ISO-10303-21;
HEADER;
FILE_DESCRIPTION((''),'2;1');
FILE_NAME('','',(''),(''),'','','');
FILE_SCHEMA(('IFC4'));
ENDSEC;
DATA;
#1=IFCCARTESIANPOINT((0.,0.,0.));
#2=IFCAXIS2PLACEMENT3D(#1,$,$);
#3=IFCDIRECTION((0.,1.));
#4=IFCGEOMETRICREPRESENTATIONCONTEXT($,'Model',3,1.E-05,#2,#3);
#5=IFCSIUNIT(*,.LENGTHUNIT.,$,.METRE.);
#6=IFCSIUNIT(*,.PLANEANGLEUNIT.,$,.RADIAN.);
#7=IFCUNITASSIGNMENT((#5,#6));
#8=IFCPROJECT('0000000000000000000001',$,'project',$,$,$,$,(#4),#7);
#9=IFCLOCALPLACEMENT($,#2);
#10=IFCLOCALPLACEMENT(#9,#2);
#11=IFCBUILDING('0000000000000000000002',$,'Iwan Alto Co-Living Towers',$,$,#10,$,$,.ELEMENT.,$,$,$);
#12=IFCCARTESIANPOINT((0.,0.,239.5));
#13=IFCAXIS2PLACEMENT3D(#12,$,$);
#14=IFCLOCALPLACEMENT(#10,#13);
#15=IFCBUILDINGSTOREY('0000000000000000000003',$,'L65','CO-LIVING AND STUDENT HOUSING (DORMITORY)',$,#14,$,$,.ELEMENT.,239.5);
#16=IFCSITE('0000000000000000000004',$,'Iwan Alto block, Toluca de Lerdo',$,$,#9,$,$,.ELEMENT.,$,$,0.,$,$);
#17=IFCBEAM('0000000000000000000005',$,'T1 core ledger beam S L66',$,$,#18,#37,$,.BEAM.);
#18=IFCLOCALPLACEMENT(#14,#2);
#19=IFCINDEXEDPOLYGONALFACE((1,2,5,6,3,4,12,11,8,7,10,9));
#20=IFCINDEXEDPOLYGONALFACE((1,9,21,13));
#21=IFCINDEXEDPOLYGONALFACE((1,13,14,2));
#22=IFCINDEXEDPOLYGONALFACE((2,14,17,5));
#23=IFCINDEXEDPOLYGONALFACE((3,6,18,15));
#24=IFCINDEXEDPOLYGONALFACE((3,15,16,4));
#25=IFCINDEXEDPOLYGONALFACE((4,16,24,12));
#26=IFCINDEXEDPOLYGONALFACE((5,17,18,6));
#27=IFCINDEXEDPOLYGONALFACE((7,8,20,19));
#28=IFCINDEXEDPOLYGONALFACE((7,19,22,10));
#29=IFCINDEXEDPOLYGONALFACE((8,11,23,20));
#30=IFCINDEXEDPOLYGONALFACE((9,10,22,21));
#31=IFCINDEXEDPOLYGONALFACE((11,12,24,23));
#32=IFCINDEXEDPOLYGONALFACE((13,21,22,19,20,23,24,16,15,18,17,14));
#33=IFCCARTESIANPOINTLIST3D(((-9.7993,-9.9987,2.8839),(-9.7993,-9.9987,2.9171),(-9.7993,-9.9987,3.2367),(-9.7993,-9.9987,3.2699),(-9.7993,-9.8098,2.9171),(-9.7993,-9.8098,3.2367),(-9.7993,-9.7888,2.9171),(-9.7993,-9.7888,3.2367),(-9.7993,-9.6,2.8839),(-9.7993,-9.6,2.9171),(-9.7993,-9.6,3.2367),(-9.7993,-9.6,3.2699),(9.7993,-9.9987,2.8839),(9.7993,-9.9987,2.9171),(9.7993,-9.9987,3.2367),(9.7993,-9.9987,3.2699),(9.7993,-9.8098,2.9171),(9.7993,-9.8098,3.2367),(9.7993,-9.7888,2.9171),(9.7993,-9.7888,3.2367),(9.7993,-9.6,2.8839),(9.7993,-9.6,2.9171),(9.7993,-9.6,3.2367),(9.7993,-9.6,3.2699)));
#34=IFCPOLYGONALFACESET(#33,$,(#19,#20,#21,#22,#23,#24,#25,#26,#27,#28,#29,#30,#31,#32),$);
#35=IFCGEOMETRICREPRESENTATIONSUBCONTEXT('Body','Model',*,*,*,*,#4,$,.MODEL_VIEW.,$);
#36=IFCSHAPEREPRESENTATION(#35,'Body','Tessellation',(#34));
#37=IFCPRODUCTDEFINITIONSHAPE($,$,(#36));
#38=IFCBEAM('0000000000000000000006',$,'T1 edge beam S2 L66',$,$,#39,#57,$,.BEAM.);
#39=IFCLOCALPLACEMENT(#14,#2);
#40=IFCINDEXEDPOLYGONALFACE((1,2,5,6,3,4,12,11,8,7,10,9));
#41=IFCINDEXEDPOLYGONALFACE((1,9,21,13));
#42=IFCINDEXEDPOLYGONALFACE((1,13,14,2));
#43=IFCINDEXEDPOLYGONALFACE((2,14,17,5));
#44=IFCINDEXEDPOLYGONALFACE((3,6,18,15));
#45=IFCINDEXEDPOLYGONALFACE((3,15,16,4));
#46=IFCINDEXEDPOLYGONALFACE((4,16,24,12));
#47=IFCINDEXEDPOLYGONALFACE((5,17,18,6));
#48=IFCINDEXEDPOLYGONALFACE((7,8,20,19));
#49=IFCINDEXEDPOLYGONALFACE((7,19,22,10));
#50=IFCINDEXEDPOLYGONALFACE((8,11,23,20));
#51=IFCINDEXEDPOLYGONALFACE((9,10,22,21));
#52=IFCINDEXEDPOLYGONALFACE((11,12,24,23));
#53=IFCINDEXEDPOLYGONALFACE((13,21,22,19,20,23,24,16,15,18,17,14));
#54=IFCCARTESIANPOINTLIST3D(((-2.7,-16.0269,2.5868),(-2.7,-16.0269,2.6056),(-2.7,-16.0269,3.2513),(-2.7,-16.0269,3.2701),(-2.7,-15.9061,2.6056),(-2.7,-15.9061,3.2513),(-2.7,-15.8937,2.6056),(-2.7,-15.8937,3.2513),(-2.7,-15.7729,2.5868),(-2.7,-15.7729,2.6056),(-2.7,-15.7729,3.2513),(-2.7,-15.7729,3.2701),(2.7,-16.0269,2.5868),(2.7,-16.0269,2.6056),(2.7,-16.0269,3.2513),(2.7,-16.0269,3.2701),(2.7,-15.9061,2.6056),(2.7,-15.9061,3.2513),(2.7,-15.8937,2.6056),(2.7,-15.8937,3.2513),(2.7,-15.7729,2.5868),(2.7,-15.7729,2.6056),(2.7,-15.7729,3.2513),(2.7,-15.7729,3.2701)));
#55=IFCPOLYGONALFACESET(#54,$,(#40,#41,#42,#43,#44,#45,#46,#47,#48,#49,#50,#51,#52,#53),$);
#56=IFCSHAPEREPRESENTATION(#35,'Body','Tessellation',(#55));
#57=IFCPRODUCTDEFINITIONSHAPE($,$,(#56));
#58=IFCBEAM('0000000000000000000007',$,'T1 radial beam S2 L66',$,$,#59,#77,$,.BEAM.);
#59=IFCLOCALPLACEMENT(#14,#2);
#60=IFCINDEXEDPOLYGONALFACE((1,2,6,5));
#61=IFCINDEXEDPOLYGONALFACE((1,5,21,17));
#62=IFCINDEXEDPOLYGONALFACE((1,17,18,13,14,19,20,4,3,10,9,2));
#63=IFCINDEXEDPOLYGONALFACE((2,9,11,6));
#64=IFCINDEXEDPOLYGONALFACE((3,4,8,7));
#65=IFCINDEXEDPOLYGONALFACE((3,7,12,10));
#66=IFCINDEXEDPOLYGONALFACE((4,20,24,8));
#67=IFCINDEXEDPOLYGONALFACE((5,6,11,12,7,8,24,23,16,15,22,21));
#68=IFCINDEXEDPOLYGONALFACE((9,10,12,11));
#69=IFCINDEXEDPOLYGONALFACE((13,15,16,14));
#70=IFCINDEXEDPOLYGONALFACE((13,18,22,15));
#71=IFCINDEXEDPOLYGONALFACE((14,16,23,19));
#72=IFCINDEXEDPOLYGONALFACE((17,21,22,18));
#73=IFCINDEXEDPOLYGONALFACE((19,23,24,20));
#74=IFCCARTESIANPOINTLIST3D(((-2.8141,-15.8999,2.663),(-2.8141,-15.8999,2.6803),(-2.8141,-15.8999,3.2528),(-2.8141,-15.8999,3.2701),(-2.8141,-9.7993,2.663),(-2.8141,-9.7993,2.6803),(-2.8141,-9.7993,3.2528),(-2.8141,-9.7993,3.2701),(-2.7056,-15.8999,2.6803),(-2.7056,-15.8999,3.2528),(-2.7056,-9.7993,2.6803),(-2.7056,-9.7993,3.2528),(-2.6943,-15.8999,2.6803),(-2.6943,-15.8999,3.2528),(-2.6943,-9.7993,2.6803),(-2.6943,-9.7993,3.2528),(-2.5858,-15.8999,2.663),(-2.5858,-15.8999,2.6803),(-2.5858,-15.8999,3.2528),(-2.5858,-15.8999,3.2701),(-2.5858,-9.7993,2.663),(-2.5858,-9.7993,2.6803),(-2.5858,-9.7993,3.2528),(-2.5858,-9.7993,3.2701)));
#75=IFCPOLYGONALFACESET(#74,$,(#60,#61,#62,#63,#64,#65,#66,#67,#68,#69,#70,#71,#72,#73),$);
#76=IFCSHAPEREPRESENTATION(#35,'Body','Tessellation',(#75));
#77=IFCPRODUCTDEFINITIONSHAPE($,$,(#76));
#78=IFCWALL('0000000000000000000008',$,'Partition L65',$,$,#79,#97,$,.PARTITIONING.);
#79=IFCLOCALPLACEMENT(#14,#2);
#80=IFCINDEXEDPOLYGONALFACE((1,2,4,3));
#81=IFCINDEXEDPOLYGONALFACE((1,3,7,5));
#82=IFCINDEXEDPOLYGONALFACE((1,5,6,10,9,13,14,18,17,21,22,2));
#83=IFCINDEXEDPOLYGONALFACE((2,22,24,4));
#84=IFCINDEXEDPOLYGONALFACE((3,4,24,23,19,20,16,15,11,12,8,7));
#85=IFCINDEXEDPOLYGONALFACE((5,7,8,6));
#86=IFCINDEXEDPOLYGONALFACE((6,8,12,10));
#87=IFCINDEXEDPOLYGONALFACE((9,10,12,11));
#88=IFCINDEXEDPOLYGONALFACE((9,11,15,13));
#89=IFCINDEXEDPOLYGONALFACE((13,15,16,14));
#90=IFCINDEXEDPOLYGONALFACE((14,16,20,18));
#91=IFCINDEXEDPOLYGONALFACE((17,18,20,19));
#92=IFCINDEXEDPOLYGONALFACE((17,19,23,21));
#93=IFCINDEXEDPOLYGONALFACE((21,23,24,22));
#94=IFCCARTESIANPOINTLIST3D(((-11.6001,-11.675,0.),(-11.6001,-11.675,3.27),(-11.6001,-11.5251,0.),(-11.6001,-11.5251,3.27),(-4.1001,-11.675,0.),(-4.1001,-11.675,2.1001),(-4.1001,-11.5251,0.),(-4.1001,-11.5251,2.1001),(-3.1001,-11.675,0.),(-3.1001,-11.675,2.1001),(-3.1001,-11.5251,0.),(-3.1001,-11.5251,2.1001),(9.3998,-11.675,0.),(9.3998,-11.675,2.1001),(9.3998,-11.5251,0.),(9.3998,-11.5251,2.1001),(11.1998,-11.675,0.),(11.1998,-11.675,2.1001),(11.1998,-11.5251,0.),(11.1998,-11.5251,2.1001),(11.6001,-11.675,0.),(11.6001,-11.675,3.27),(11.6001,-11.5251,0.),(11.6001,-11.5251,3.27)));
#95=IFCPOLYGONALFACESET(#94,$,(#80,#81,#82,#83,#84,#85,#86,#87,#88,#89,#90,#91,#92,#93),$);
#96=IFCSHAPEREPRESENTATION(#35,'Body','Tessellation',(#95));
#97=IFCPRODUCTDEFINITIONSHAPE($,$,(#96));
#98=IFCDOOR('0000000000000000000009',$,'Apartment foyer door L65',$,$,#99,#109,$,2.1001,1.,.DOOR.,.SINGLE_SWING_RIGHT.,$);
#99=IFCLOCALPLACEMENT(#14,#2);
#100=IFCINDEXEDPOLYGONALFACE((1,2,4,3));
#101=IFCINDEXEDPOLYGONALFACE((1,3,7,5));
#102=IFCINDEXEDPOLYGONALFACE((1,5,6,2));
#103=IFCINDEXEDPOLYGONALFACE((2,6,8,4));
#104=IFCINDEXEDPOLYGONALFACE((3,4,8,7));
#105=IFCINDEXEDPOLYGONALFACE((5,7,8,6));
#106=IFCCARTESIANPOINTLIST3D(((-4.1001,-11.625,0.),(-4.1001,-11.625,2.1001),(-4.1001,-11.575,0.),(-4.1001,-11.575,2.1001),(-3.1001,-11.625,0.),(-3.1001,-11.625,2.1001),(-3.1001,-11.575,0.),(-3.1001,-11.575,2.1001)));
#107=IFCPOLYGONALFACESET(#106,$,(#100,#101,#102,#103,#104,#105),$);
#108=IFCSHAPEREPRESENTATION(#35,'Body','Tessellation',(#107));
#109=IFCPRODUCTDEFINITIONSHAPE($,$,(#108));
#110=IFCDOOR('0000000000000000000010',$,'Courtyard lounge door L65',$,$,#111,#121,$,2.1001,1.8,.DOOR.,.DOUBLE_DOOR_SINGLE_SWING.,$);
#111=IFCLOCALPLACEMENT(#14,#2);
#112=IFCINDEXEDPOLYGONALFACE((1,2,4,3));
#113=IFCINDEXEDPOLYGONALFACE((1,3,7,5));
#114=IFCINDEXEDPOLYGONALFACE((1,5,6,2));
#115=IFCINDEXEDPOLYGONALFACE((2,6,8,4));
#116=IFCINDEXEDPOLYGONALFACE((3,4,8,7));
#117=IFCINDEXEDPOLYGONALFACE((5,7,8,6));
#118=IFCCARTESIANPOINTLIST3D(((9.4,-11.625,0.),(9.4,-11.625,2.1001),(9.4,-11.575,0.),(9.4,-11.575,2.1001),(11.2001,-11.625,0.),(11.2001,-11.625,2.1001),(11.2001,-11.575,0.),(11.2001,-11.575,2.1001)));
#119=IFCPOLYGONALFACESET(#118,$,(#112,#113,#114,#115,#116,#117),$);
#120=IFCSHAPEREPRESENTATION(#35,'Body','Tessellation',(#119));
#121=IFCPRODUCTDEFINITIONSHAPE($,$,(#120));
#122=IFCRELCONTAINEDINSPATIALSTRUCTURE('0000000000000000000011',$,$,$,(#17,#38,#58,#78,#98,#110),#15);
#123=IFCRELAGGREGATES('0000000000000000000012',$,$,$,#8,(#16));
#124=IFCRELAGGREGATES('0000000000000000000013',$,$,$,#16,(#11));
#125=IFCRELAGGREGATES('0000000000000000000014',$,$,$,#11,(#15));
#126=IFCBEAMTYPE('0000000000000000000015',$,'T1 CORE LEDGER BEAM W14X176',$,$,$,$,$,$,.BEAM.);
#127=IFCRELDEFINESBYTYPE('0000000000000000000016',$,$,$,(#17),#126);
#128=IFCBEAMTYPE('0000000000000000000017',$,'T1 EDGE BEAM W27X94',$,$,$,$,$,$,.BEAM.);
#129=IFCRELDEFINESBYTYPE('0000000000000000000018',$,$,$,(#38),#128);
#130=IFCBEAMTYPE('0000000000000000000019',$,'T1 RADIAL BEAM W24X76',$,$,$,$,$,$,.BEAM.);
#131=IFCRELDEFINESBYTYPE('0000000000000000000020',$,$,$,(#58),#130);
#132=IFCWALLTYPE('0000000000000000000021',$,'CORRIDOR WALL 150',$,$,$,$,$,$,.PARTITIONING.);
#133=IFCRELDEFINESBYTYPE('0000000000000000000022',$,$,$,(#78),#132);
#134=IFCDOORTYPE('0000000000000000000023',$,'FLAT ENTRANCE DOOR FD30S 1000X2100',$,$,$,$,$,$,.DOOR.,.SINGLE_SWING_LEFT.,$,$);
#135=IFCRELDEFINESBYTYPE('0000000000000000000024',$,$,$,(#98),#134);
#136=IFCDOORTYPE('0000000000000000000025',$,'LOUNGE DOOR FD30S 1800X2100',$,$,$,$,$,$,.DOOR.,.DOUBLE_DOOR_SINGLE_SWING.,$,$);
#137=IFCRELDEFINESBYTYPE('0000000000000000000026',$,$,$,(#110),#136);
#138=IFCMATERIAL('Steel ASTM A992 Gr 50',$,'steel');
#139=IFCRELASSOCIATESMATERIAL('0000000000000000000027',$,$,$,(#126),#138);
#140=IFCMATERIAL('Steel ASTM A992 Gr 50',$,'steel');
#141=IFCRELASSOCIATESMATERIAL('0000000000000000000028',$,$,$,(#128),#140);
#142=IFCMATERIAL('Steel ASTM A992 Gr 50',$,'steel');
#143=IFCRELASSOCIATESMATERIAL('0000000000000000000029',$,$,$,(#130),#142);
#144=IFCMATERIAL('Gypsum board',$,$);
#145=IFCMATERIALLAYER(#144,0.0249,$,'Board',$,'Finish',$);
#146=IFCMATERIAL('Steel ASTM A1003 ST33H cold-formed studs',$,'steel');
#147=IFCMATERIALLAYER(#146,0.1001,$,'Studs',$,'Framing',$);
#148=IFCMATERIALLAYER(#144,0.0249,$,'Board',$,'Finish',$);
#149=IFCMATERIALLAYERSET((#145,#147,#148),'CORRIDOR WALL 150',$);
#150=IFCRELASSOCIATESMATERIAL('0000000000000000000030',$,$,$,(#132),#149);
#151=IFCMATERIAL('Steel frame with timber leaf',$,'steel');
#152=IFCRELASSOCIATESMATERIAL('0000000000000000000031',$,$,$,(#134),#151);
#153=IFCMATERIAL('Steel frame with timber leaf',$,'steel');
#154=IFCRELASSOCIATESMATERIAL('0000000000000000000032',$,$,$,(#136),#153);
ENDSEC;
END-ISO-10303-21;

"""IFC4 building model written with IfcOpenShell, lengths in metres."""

from ifc_helpers import new_model, si_unit, direction, frame, frame_2d, origin, origin_2d, place, context, subcontext, project, spatial, rectangle, i_section, extrude, material, layer, layer_set, material_profile, profile_set, type_object, element, fill, save


model = new_model("IFC4")

# Units and contexts
model_context = context("Model", 3, precision=1e-05, world=origin(), true_north=direction((0.0, 1.0)))
body_context = subcontext(model_context, "Body", "Model", "MODEL_VIEW")
ifc_project = project(units=[si_unit("LENGTHUNIT", "METRE"), si_unit("PLANEANGLEUNIT", "RADIAN")], contexts=[model_context])

# Site, building, storey
site_placement = place(None, origin())
site = spatial("IfcSite", under=ifc_project, at=site_placement, Name="Iwan Alto block, Toluca de Lerdo", CompositionType="ELEMENT", RefElevation=0.0)
building_placement = place(site_placement, origin())
building = spatial("IfcBuilding", under=site, at=building_placement, Name="Iwan Alto Co-Living Towers", CompositionType="ELEMENT")
storey_placement = place(building_placement, frame((0.0, 0.0, 239.5)))
storey = spatial("IfcBuildingStorey", under=building, at=storey_placement, Name="L65", Description="CO-LIVING AND STUDENT HOUSING (DORMITORY)", CompositionType="ELEMENT", Elevation=239.5)

# Beams
ifc_material_1 = material(Name="Steel ASTM A992 Gr 50", Category="steel")
ifc_material_profile_1 = material_profile(ifc_material_1, i_section(OverallWidth=0.3987, OverallDepth=0.386, WebThickness=0.021, FlangeThickness=0.0332, at=origin_2d()), Name="W14X176")
ifc_profile_set_1 = profile_set([ifc_material_profile_1], Name="Steel ASTM A992 Gr 50")
beam_type_1 = type_object("IfcBeamType", Name="T1 CORE LEDGER BEAM W14X176", PredefinedType="BEAM", material=ifc_profile_set_1)
beam_1_placement = place(storey_placement, frame((-9.7993, -9.7993, 3.0769), z_axis=(1.0, 0.0, 0.0), x_axis=(0.0, 1.0, 0.0)))
element("IfcBeam", 1, at=beam_1_placement, inside=storey, type_object=beam_type_1, Name="T1 core ledger beam S L66", PredefinedType="BEAM", context=body_context, shape_type="SweptSolid", body=[
    extrude(i_section(OverallWidth=0.3987, OverallDepth=0.386, WebThickness=0.021, FlangeThickness=0.0332, at=origin_2d()), origin(), (0.0, 0.0, 1.0), 19.5986),
])
ifc_material_2 = material(Name="Steel ASTM A992 Gr 50", Category="steel")
ifc_material_profile_2 = material_profile(ifc_material_2, i_section(OverallWidth=0.2539, OverallDepth=0.6833, WebThickness=0.0125, FlangeThickness=0.0188, at=origin_2d()), Name="W27X94")
ifc_profile_set_2 = profile_set([ifc_material_profile_2], Name="Steel ASTM A992 Gr 50")
beam_type_2 = type_object("IfcBeamType", Name="T1 EDGE BEAM W27X94", PredefinedType="BEAM", material=ifc_profile_set_2)
beam_2_placement = place(storey_placement, frame((-2.7, -15.8999, 2.9285), z_axis=(1.0, 0.0, 0.0), x_axis=(0.0, 1.0, 0.0)))
element("IfcBeam", 2, at=beam_2_placement, inside=storey, type_object=beam_type_2, Name="T1 edge beam S2 L66", PredefinedType="BEAM", context=body_context, shape_type="SweptSolid", body=[
    extrude(i_section(OverallWidth=0.2539, OverallDepth=0.6833, WebThickness=0.0125, FlangeThickness=0.0188, at=origin_2d()), origin(), (0.0, 0.0, 1.0), 5.3999),
])
ifc_material_3 = material(Name="Steel ASTM A992 Gr 50", Category="steel")
ifc_material_profile_3 = material_profile(ifc_material_3, i_section(OverallWidth=0.2283, OverallDepth=0.6072, WebThickness=0.0112, FlangeThickness=0.0173, at=origin_2d()), Name="W24X76")
ifc_profile_set_3 = profile_set([ifc_material_profile_3], Name="Steel ASTM A992 Gr 50")
beam_type_3 = type_object("IfcBeamType", Name="T1 RADIAL BEAM W24X76", PredefinedType="BEAM", material=ifc_profile_set_3)
beam_3_placement = place(storey_placement, frame((-2.7, -15.8999, 2.9666), z_axis=(0.0, 1.0, 0.0), x_axis=(-1.0, 0.0, 0.0)))
element("IfcBeam", 3, at=beam_3_placement, inside=storey, type_object=beam_type_3, Name="T1 radial beam S2 L66", PredefinedType="BEAM", context=body_context, shape_type="SweptSolid", body=[
    extrude(i_section(OverallWidth=0.2283, OverallDepth=0.6072, WebThickness=0.0112, FlangeThickness=0.0173, at=origin_2d()), origin(), (0.0, 0.0, 1.0), 6.1006),
])

# Wall, openings, doors
ifc_material_4 = material(Name="Gypsum board")
ifc_layer_1 = layer(ifc_material_4, 0.0249, Name="Board", Category="Finish")
ifc_material_5 = material(Name="Steel ASTM A1003 ST33H cold-formed studs", Category="steel")
ifc_layer_2 = layer(ifc_material_5, 0.1001, Name="Studs", Category="Framing")
ifc_layer_3 = layer(ifc_material_4, 0.0249, Name="Board", Category="Finish")
ifc_layer_set_1 = layer_set([ifc_layer_1, ifc_layer_2, ifc_layer_3], Name="CORRIDOR WALL 150")
wall_type_1 = type_object("IfcWallType", Name="CORRIDOR WALL 150", PredefinedType="PARTITIONING", material=ifc_layer_set_1)
wall_1_placement = place(storey_placement, frame((-11.6001, -11.6001, 0.0), z_axis=(0.0, 0.0, 1.0), x_axis=(1.0, 0.0, 0.0)))
wall_1 = element("IfcWall", 4, at=wall_1_placement, inside=storey, type_object=wall_type_1, Name="Partition L65", PredefinedType="PARTITIONING", context=body_context, shape_type="SweptSolid", body=[
    extrude(rectangle(XDim=23.2002, YDim=0.1499, at=frame_2d((11.6001, 0.0))), origin(), (0.0, 0.0, 1.0), 3.27),
])
opening_1_placement = place(wall_1_placement, frame((7.5, 0.0, 0.0)))
opening_1 = element("IfcOpeningElement", 5, at=opening_1_placement, cuts=wall_1, PredefinedType="OPENING", context=body_context, shape_type="SweptSolid", body=[
    extrude(rectangle(XDim=1.0, YDim=2.1001, at=frame_2d((0.5, 1.05))), frame((0.0, 0.085, 0.0), z_axis=(0.0, -1.0, 0.0), x_axis=(1.0, 0.0, 0.0)), (0.0, 0.0, 1.0), 0.1699),
])
opening_2_placement = place(wall_1_placement, frame((21.0, 0.0, 0.0)))
opening_2 = element("IfcOpeningElement", 6, at=opening_2_placement, cuts=wall_1, PredefinedType="OPENING", context=body_context, shape_type="SweptSolid", body=[
    extrude(rectangle(XDim=1.8, YDim=2.1001, at=frame_2d((0.8999, 1.05))), frame((0.0, 0.085, 0.0), z_axis=(0.0, -1.0, 0.0), x_axis=(1.0, 0.0, 0.0)), (0.0, 0.0, 1.0), 0.1699),
])
ifc_material_6 = material(Name="Steel frame with timber leaf", Category="steel")
door_type_1 = type_object("IfcDoorType", Name="FLAT ENTRANCE DOOR FD30S 1000X2100", OperationType="SINGLE_SWING_LEFT", PredefinedType="DOOR", material=ifc_material_6)
door_1_placement = place(opening_1_placement, frame((1.0, 0.0, 0.0), z_axis=(0.0, 0.0, 1.0), x_axis=(-1.0, 0.0, 0.0)))
door_1 = element("IfcDoor", 7, at=door_1_placement, inside=storey, type_object=door_type_1, Name="Apartment foyer door L65", OperationType="SINGLE_SWING_RIGHT", OverallHeight=2.1001, OverallWidth=1.0, PredefinedType="DOOR", context=body_context, shape_type="SweptSolid", body=[
    extrude(rectangle(XDim=1.0, YDim=2.1001, at=frame_2d((0.5, 1.05))), frame((0.0, 0.0249, 0.0), z_axis=(0.0, -1.0, 0.0), x_axis=(1.0, 0.0, 0.0)), (0.0, 0.0, 1.0), 0.05),
])
fill(opening_1, door_1)
ifc_material_7 = material(Name="Steel frame with timber leaf", Category="steel")
door_type_2 = type_object("IfcDoorType", Name="LOUNGE DOOR FD30S 1800X2100", OperationType="DOUBLE_DOOR_SINGLE_SWING", PredefinedType="DOOR", material=ifc_material_7)
door_2_placement = place(opening_2_placement, frame((1.8, 0.0, 0.0), z_axis=(0.0, 0.0, 1.0), x_axis=(-1.0, 0.0, 0.0)))
door_2 = element("IfcDoor", 8, at=door_2_placement, inside=storey, type_object=door_type_2, Name="Courtyard lounge door L65", OperationType="DOUBLE_DOOR_SINGLE_SWING", OverallHeight=2.1001, OverallWidth=1.8, PredefinedType="DOOR", context=body_context, shape_type="SweptSolid", body=[
    extrude(rectangle(XDim=1.8, YDim=2.1001, at=frame_2d((0.8999, 1.05))), frame((0.0, 0.0249, 0.0), z_axis=(0.0, -1.0, 0.0), x_axis=(1.0, 0.0, 0.0)), (0.0, 0.0, 1.0), 0.05),
])
fill(opening_2, door_2)

save(model, "model.ifc")
